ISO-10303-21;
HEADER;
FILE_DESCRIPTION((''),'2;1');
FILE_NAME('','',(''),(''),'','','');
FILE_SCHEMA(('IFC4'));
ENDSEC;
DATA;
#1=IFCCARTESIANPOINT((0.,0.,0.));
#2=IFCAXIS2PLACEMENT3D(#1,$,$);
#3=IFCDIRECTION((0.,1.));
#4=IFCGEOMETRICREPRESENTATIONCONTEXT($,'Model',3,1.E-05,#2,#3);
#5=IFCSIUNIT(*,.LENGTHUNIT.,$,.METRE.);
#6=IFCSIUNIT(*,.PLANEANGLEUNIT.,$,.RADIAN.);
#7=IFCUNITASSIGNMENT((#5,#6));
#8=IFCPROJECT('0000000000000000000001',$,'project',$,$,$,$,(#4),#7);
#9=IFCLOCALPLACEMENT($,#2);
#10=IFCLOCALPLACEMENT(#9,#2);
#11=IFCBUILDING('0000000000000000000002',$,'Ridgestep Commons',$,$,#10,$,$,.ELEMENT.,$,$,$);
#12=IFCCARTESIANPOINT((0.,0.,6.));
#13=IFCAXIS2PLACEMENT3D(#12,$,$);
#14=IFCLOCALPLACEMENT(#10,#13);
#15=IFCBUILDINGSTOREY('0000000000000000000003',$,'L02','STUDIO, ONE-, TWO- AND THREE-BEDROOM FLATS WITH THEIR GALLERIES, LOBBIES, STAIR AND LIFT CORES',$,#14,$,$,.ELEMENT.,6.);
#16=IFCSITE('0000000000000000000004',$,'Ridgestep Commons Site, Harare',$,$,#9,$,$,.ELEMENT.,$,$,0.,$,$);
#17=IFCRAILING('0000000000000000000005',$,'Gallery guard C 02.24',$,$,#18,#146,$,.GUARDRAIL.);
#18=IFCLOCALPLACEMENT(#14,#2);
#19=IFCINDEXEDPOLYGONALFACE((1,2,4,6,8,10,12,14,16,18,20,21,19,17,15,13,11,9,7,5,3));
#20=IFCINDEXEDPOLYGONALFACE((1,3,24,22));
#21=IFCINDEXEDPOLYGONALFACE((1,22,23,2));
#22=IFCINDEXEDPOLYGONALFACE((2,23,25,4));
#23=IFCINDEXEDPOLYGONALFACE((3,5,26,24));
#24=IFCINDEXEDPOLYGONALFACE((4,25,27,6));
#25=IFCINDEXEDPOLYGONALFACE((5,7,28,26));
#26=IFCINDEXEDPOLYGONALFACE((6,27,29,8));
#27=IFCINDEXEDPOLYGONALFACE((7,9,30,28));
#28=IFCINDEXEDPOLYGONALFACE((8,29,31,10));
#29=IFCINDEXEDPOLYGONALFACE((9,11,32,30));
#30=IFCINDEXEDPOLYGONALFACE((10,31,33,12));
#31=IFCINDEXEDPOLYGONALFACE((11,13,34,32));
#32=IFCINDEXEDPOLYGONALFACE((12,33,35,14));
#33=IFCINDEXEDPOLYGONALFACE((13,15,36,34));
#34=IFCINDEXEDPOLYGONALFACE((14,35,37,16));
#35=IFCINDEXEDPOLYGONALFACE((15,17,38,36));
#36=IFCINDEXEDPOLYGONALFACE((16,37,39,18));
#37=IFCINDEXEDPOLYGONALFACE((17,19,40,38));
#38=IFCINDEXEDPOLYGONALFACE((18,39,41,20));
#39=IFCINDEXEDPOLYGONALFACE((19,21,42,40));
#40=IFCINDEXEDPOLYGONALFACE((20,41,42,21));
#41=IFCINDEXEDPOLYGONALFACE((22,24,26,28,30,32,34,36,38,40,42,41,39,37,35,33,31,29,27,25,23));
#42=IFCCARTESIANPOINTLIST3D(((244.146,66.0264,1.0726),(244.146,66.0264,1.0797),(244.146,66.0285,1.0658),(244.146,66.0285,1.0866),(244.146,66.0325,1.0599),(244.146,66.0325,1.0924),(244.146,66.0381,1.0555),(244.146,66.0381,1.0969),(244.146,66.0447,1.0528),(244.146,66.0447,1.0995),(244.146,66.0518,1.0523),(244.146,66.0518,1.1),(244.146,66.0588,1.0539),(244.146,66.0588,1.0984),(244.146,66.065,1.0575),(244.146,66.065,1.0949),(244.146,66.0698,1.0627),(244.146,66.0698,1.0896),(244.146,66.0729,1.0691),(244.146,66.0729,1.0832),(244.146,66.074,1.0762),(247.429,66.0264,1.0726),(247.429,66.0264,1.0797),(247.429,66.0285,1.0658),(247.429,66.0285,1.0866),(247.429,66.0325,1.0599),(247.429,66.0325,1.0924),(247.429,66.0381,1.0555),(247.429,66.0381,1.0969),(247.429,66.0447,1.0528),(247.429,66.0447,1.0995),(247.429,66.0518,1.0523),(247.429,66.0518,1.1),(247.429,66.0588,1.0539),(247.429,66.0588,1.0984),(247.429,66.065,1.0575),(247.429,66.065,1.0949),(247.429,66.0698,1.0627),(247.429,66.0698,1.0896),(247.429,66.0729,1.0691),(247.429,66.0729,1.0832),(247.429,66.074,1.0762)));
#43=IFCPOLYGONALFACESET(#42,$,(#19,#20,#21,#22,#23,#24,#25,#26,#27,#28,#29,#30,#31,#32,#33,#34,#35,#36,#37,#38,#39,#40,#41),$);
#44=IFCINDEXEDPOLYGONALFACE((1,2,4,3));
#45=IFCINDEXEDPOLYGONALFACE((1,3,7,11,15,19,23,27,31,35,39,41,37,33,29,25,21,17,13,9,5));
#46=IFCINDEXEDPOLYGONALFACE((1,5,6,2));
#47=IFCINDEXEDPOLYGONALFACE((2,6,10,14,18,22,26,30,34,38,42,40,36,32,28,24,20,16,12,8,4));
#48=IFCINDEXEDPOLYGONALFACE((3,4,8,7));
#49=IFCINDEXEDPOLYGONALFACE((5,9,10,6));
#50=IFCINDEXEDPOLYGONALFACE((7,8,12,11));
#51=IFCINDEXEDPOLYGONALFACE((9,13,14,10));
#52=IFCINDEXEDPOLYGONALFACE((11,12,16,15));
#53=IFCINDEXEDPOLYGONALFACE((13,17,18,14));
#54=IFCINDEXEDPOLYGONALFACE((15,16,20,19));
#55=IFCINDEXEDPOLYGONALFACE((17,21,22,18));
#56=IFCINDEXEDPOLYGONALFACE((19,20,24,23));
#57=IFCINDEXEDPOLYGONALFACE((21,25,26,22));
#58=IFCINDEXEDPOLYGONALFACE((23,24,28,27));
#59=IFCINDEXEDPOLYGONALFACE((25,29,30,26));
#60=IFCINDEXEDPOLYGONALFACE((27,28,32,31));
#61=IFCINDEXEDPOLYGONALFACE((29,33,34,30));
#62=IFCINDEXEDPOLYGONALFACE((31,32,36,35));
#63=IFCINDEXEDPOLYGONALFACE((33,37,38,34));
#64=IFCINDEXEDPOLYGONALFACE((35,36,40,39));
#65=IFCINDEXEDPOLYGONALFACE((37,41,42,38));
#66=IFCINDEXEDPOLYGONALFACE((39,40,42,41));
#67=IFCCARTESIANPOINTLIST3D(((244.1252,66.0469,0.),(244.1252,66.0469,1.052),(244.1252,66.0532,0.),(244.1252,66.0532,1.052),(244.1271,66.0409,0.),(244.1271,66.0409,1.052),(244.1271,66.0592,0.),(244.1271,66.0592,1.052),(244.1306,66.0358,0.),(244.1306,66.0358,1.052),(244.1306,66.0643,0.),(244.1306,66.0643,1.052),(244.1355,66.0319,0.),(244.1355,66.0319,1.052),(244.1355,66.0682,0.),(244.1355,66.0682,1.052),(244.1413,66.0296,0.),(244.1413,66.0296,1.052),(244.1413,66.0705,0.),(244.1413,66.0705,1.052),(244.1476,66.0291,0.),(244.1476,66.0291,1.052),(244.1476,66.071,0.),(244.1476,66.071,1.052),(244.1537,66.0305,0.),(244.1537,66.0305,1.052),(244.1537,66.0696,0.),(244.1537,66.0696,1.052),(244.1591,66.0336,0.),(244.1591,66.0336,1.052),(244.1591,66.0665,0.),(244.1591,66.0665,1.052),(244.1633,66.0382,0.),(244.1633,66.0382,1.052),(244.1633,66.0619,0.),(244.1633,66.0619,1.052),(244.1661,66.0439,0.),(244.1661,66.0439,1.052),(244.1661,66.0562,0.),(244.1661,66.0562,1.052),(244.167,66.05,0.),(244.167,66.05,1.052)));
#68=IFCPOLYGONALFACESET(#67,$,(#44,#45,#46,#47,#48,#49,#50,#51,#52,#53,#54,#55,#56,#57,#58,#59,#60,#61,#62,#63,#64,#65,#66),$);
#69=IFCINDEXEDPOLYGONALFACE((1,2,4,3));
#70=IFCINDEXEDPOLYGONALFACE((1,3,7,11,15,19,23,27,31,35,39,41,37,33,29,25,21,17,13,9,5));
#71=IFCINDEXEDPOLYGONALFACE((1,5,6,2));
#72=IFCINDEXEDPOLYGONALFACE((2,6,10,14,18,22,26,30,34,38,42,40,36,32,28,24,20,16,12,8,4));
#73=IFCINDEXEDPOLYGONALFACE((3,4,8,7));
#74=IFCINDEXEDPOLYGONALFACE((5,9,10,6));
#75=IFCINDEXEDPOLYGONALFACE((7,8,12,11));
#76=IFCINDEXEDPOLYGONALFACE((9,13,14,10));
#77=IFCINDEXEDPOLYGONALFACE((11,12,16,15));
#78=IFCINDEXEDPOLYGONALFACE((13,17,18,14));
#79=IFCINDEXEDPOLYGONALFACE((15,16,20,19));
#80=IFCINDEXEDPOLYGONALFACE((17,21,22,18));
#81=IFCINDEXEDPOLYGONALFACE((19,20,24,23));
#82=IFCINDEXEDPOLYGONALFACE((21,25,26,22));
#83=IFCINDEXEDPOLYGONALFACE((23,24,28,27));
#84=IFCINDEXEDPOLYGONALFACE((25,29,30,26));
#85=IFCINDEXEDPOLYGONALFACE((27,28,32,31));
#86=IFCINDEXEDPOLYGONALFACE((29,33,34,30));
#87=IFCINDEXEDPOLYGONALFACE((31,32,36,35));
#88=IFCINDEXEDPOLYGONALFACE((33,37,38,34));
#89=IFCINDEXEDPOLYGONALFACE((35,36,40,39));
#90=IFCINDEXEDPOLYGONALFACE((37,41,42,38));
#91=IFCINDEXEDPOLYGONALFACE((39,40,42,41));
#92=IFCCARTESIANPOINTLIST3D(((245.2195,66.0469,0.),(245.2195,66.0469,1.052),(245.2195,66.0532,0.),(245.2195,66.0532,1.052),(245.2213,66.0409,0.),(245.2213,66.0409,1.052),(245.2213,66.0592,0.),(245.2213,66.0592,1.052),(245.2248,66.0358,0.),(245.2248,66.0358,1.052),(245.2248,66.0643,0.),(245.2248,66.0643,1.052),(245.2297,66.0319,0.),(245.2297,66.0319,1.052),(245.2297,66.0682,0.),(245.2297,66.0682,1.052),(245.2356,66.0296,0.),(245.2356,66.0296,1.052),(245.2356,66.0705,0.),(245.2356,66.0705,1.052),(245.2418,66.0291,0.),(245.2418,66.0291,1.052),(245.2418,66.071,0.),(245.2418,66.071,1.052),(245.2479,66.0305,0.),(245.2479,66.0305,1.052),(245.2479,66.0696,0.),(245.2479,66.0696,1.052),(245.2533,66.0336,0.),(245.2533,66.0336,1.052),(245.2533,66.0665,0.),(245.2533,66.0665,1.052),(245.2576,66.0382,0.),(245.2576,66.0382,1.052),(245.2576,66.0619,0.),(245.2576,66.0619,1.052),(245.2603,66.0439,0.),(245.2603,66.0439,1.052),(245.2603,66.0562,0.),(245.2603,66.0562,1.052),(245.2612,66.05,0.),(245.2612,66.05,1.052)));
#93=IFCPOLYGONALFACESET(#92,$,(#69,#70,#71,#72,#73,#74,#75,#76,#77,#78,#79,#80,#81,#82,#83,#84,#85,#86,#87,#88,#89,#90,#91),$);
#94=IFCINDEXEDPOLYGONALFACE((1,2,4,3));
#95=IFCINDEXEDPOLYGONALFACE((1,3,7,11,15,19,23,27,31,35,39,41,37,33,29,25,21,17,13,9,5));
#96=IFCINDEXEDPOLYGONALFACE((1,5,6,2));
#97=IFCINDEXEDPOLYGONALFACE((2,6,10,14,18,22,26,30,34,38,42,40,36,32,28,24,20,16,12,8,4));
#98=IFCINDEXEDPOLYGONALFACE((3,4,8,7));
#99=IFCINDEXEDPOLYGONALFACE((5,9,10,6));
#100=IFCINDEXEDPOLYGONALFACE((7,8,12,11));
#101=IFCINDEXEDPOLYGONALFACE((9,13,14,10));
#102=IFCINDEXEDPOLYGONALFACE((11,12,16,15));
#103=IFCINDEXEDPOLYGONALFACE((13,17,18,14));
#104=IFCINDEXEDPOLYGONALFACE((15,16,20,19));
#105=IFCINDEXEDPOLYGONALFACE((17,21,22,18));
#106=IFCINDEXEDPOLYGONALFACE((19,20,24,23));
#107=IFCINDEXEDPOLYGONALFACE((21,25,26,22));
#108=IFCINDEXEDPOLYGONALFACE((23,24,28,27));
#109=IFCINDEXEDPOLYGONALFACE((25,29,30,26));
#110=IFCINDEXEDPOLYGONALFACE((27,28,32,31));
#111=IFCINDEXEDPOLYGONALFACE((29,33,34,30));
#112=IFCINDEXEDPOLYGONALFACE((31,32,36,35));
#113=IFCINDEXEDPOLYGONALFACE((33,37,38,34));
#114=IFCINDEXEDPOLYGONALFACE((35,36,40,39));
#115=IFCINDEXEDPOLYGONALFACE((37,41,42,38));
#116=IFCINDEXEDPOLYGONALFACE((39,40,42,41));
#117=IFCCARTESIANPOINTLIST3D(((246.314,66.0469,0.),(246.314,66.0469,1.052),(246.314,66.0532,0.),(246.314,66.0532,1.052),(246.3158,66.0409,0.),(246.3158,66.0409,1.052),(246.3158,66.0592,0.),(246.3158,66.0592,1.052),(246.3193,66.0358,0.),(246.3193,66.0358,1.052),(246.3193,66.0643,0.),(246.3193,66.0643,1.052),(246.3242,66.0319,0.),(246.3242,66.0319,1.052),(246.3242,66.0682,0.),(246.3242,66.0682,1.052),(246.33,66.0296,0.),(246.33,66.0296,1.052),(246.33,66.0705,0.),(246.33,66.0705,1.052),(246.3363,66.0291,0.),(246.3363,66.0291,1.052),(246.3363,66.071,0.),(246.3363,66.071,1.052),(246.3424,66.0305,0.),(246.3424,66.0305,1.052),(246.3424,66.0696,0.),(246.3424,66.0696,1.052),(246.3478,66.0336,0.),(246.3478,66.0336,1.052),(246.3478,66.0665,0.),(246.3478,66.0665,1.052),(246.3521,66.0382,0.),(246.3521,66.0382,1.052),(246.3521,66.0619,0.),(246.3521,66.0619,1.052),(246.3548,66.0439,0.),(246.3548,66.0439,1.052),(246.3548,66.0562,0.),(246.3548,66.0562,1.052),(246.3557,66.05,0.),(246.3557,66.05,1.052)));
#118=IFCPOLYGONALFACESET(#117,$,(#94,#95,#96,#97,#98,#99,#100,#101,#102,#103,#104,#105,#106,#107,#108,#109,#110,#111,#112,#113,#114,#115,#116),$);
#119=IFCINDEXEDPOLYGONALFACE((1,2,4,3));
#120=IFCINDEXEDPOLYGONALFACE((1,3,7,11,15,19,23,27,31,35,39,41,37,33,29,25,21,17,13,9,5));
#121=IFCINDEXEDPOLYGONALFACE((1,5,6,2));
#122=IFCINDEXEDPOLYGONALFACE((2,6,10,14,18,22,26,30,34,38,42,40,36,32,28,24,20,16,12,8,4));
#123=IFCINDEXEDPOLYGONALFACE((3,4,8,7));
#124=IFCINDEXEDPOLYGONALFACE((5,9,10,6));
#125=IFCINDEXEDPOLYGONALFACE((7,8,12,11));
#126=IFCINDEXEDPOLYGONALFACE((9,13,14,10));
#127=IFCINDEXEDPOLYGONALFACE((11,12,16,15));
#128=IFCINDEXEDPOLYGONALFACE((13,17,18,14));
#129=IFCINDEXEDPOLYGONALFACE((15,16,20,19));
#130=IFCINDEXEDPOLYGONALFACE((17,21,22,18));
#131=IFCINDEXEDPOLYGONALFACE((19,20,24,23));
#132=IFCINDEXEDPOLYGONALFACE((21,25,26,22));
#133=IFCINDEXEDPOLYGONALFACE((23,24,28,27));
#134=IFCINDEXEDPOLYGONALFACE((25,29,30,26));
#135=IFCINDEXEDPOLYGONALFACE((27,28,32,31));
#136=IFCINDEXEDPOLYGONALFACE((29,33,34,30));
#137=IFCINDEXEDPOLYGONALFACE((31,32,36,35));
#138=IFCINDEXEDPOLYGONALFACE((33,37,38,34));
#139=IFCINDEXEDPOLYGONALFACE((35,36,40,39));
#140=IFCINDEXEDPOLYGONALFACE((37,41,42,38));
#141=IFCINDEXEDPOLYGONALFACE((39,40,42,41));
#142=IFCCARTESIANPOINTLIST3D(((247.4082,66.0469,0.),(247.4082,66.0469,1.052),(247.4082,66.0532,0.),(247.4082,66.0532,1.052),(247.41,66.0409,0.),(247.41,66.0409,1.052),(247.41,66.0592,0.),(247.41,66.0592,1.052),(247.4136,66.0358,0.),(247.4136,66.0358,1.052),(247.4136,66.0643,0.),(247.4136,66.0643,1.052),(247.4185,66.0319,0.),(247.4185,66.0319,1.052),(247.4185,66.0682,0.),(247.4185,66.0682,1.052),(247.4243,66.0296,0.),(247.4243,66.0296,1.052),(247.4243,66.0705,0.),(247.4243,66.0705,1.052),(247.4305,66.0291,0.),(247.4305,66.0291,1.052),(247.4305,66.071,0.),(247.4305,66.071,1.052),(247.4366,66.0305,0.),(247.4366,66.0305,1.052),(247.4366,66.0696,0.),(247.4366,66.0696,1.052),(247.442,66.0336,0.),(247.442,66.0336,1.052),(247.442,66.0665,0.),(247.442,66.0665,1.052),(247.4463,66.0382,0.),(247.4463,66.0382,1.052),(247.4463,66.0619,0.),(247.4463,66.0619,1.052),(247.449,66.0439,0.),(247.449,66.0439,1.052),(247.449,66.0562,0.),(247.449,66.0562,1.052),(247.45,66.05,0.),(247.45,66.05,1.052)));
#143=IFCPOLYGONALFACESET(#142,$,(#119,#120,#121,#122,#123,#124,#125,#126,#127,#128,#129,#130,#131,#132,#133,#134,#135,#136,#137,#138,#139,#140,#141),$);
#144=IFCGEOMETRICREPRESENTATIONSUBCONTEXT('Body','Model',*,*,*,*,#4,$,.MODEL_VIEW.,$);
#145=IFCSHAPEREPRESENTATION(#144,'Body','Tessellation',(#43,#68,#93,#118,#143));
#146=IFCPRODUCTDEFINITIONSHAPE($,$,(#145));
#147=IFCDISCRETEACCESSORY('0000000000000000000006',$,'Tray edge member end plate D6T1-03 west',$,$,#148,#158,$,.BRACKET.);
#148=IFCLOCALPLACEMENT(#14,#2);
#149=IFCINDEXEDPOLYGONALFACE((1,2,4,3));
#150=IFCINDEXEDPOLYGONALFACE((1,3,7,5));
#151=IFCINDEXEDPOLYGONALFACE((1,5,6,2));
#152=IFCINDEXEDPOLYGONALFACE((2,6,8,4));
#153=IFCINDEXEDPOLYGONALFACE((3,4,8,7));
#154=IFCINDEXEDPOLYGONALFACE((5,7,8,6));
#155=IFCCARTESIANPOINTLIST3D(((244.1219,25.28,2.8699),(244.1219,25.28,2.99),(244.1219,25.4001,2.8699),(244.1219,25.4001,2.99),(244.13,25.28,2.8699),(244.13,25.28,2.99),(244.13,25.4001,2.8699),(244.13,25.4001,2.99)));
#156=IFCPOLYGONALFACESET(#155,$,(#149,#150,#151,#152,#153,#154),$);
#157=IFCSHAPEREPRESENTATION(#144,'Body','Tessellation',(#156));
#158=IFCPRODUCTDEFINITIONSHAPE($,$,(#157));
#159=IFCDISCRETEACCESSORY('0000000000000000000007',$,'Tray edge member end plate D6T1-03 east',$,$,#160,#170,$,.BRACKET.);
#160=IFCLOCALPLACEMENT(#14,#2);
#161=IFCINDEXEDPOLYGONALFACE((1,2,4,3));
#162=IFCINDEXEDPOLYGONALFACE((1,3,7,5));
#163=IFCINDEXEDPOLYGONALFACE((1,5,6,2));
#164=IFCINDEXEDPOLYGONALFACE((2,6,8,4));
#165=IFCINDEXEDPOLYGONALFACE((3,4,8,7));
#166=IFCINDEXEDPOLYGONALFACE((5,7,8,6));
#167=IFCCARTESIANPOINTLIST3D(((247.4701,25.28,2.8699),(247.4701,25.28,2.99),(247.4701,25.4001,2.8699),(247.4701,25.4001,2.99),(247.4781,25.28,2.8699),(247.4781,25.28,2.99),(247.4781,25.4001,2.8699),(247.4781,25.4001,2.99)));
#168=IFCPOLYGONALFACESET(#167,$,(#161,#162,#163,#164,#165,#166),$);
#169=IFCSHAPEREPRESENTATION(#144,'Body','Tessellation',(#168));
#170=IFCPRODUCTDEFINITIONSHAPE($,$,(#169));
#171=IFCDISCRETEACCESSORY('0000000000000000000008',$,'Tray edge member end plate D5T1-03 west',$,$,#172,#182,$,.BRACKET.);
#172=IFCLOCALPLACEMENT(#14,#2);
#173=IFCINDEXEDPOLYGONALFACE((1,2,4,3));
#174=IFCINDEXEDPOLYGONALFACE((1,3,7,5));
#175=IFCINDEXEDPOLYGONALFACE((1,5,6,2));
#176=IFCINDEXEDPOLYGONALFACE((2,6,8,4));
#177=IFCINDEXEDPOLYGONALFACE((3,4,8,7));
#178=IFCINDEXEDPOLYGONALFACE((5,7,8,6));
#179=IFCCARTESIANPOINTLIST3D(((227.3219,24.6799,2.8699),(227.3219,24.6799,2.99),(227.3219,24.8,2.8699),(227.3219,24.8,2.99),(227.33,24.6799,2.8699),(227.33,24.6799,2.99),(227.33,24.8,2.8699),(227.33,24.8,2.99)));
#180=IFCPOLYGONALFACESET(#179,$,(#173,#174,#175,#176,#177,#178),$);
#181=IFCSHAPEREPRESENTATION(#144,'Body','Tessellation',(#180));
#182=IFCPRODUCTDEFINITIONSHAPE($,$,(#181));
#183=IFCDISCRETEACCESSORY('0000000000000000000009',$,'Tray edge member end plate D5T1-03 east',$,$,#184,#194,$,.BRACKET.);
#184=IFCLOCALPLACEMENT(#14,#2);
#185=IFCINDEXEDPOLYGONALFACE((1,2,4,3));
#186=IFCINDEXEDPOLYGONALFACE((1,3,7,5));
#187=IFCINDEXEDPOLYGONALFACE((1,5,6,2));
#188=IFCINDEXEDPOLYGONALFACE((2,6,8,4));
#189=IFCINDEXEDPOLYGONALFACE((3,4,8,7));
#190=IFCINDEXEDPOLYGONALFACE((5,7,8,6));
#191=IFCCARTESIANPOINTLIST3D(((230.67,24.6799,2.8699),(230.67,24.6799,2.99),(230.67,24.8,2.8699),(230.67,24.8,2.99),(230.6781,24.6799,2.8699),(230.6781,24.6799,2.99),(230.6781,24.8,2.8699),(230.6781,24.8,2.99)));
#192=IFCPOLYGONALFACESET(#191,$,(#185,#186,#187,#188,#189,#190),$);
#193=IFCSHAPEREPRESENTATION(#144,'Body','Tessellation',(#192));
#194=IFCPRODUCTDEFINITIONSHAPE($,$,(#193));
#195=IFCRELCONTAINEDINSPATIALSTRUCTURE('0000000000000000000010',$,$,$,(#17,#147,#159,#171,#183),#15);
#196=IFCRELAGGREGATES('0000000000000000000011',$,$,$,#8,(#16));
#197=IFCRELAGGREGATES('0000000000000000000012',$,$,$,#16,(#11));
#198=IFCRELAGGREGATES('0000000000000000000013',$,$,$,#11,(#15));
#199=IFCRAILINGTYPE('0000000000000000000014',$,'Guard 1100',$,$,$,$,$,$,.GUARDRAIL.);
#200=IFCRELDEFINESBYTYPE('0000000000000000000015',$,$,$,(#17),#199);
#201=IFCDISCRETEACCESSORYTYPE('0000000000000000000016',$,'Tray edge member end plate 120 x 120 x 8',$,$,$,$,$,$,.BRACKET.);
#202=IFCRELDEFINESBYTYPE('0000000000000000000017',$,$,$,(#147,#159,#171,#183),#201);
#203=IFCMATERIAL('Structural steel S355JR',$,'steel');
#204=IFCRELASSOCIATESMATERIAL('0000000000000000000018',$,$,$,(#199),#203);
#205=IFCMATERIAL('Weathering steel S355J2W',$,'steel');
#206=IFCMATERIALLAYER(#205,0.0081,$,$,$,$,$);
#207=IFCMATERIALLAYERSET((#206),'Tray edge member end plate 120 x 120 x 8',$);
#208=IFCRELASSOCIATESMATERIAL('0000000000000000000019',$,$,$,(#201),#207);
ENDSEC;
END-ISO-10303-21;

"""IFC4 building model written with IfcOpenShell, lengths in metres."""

from ifc_helpers import new_model, si_unit, direction, frame, origin, origin_2d, place, context, subcontext, project, spatial, rectangle, circle, extrude, material, layer, layer_set, type_object, element, save


model = new_model("IFC4")

# Units and contexts
model_context = context("Model", 3, precision=1e-05, world=origin(), true_north=direction((0.0, 1.0)))
body_context = subcontext(model_context, "Body", "Model", "MODEL_VIEW")
ifc_project = project(units=[si_unit("LENGTHUNIT", "METRE"), si_unit("PLANEANGLEUNIT", "RADIAN")], contexts=[model_context])

# Site, building, storey
site_placement = place(None, origin())
site = spatial("IfcSite", under=ifc_project, at=site_placement, Name="Ridgestep Commons Site, Harare", CompositionType="ELEMENT", RefElevation=0.0)
building_placement = place(site_placement, origin())
building = spatial("IfcBuilding", under=site, at=building_placement, Name="Ridgestep Commons", CompositionType="ELEMENT")
storey_placement = place(building_placement, frame((0.0, 0.0, 6.0)))
storey = spatial("IfcBuildingStorey", under=building, at=storey_placement, Name="L02", Description="STUDIO, ONE-, TWO- AND THREE-BEDROOM FLATS WITH THEIR GALLERIES, LOBBIES, STAIR AND LIFT CORES", CompositionType="ELEMENT", Elevation=6.0)

# Railing
ifc_material_1 = material(Name="Structural steel S355JR", Category="steel")
railing_type = type_object("IfcRailingType", Name="Guard 1100", PredefinedType="GUARDRAIL", material=ifc_material_1)
railing_1_placement = place(storey_placement, frame((244.146, 66.05, 0.0)))
element("IfcRailing", 1, at=railing_1_placement, inside=storey, type_object=railing_type, Name="Gallery guard C 02.24", PredefinedType="GUARDRAIL", context=body_context, shape_type="SweptSolid", body=[
    extrude(circle(Radius=0.0239, at=origin_2d()), frame((0.0, 0.0, 1.0762), z_axis=(1.0, 0.0, 0.0), x_axis=(0.0, 1.0, 0.0)), (0.0, 0.0, 1.0), 3.283),
    extrude(circle(Radius=0.021, at=origin_2d()), origin(), (0.0, 0.0, 1.0), 1.052),
    extrude(circle(Radius=0.021, at=origin_2d()), frame((1.0942, 0.0, 0.0)), (0.0, 0.0, 1.0), 1.052),
    extrude(circle(Radius=0.021, at=origin_2d()), frame((2.1887, 0.0, 0.0)), (0.0, 0.0, 1.0), 1.052),
    extrude(circle(Radius=0.021, at=origin_2d()), frame((3.283, 0.0, 0.0)), (0.0, 0.0, 1.0), 1.052),
])

# Discrete accessories
ifc_material_2 = material(Name="Weathering steel S355J2W", Category="steel")
ifc_layer_1 = layer(ifc_material_2, 0.0081)
ifc_layer_set_1 = layer_set([ifc_layer_1], Name="Tray edge member end plate 120 x 120 x 8")
discrete_accessory_type = type_object("IfcDiscreteAccessoryType", Name="Tray edge member end plate 120 x 120 x 8", PredefinedType="BRACKET", material=ifc_layer_set_1)
for number, where, z_axis, x_axis, name in (
    (2, (244.126, 25.3401, 2.8699), (0.0, 0.0, 1.0), (1.0, 0.0, 0.0), "Tray edge member end plate D6T1-03 west"),
    (3, (247.4741, 25.3401, 2.8699), (0.0, 0.0, 1.0), (1.0, 0.0, 0.0), "Tray edge member end plate D6T1-03 east"),
    (4, (227.3259, 24.74, 2.8699), (0.0, 0.0, 1.0), (1.0, 0.0, 0.0), "Tray edge member end plate D5T1-03 west"),
    (5, (230.6741, 24.74, 2.8699), (0.0, 0.0, 1.0), (1.0, 0.0, 0.0), "Tray edge member end plate D5T1-03 east"),
):
    element("IfcDiscreteAccessory", number, at=place(storey_placement, frame(where, z_axis=z_axis, x_axis=x_axis)), inside=storey, type_object=discrete_accessory_type, Name=name, PredefinedType="BRACKET", context=body_context, shape_type="SweptSolid", body=[
        extrude(rectangle(XDim=0.0081, YDim=0.1201, at=origin_2d()), origin(), (0.0, 0.0, 1.0), 0.1201),
    ])

save(model, "model.ifc")
